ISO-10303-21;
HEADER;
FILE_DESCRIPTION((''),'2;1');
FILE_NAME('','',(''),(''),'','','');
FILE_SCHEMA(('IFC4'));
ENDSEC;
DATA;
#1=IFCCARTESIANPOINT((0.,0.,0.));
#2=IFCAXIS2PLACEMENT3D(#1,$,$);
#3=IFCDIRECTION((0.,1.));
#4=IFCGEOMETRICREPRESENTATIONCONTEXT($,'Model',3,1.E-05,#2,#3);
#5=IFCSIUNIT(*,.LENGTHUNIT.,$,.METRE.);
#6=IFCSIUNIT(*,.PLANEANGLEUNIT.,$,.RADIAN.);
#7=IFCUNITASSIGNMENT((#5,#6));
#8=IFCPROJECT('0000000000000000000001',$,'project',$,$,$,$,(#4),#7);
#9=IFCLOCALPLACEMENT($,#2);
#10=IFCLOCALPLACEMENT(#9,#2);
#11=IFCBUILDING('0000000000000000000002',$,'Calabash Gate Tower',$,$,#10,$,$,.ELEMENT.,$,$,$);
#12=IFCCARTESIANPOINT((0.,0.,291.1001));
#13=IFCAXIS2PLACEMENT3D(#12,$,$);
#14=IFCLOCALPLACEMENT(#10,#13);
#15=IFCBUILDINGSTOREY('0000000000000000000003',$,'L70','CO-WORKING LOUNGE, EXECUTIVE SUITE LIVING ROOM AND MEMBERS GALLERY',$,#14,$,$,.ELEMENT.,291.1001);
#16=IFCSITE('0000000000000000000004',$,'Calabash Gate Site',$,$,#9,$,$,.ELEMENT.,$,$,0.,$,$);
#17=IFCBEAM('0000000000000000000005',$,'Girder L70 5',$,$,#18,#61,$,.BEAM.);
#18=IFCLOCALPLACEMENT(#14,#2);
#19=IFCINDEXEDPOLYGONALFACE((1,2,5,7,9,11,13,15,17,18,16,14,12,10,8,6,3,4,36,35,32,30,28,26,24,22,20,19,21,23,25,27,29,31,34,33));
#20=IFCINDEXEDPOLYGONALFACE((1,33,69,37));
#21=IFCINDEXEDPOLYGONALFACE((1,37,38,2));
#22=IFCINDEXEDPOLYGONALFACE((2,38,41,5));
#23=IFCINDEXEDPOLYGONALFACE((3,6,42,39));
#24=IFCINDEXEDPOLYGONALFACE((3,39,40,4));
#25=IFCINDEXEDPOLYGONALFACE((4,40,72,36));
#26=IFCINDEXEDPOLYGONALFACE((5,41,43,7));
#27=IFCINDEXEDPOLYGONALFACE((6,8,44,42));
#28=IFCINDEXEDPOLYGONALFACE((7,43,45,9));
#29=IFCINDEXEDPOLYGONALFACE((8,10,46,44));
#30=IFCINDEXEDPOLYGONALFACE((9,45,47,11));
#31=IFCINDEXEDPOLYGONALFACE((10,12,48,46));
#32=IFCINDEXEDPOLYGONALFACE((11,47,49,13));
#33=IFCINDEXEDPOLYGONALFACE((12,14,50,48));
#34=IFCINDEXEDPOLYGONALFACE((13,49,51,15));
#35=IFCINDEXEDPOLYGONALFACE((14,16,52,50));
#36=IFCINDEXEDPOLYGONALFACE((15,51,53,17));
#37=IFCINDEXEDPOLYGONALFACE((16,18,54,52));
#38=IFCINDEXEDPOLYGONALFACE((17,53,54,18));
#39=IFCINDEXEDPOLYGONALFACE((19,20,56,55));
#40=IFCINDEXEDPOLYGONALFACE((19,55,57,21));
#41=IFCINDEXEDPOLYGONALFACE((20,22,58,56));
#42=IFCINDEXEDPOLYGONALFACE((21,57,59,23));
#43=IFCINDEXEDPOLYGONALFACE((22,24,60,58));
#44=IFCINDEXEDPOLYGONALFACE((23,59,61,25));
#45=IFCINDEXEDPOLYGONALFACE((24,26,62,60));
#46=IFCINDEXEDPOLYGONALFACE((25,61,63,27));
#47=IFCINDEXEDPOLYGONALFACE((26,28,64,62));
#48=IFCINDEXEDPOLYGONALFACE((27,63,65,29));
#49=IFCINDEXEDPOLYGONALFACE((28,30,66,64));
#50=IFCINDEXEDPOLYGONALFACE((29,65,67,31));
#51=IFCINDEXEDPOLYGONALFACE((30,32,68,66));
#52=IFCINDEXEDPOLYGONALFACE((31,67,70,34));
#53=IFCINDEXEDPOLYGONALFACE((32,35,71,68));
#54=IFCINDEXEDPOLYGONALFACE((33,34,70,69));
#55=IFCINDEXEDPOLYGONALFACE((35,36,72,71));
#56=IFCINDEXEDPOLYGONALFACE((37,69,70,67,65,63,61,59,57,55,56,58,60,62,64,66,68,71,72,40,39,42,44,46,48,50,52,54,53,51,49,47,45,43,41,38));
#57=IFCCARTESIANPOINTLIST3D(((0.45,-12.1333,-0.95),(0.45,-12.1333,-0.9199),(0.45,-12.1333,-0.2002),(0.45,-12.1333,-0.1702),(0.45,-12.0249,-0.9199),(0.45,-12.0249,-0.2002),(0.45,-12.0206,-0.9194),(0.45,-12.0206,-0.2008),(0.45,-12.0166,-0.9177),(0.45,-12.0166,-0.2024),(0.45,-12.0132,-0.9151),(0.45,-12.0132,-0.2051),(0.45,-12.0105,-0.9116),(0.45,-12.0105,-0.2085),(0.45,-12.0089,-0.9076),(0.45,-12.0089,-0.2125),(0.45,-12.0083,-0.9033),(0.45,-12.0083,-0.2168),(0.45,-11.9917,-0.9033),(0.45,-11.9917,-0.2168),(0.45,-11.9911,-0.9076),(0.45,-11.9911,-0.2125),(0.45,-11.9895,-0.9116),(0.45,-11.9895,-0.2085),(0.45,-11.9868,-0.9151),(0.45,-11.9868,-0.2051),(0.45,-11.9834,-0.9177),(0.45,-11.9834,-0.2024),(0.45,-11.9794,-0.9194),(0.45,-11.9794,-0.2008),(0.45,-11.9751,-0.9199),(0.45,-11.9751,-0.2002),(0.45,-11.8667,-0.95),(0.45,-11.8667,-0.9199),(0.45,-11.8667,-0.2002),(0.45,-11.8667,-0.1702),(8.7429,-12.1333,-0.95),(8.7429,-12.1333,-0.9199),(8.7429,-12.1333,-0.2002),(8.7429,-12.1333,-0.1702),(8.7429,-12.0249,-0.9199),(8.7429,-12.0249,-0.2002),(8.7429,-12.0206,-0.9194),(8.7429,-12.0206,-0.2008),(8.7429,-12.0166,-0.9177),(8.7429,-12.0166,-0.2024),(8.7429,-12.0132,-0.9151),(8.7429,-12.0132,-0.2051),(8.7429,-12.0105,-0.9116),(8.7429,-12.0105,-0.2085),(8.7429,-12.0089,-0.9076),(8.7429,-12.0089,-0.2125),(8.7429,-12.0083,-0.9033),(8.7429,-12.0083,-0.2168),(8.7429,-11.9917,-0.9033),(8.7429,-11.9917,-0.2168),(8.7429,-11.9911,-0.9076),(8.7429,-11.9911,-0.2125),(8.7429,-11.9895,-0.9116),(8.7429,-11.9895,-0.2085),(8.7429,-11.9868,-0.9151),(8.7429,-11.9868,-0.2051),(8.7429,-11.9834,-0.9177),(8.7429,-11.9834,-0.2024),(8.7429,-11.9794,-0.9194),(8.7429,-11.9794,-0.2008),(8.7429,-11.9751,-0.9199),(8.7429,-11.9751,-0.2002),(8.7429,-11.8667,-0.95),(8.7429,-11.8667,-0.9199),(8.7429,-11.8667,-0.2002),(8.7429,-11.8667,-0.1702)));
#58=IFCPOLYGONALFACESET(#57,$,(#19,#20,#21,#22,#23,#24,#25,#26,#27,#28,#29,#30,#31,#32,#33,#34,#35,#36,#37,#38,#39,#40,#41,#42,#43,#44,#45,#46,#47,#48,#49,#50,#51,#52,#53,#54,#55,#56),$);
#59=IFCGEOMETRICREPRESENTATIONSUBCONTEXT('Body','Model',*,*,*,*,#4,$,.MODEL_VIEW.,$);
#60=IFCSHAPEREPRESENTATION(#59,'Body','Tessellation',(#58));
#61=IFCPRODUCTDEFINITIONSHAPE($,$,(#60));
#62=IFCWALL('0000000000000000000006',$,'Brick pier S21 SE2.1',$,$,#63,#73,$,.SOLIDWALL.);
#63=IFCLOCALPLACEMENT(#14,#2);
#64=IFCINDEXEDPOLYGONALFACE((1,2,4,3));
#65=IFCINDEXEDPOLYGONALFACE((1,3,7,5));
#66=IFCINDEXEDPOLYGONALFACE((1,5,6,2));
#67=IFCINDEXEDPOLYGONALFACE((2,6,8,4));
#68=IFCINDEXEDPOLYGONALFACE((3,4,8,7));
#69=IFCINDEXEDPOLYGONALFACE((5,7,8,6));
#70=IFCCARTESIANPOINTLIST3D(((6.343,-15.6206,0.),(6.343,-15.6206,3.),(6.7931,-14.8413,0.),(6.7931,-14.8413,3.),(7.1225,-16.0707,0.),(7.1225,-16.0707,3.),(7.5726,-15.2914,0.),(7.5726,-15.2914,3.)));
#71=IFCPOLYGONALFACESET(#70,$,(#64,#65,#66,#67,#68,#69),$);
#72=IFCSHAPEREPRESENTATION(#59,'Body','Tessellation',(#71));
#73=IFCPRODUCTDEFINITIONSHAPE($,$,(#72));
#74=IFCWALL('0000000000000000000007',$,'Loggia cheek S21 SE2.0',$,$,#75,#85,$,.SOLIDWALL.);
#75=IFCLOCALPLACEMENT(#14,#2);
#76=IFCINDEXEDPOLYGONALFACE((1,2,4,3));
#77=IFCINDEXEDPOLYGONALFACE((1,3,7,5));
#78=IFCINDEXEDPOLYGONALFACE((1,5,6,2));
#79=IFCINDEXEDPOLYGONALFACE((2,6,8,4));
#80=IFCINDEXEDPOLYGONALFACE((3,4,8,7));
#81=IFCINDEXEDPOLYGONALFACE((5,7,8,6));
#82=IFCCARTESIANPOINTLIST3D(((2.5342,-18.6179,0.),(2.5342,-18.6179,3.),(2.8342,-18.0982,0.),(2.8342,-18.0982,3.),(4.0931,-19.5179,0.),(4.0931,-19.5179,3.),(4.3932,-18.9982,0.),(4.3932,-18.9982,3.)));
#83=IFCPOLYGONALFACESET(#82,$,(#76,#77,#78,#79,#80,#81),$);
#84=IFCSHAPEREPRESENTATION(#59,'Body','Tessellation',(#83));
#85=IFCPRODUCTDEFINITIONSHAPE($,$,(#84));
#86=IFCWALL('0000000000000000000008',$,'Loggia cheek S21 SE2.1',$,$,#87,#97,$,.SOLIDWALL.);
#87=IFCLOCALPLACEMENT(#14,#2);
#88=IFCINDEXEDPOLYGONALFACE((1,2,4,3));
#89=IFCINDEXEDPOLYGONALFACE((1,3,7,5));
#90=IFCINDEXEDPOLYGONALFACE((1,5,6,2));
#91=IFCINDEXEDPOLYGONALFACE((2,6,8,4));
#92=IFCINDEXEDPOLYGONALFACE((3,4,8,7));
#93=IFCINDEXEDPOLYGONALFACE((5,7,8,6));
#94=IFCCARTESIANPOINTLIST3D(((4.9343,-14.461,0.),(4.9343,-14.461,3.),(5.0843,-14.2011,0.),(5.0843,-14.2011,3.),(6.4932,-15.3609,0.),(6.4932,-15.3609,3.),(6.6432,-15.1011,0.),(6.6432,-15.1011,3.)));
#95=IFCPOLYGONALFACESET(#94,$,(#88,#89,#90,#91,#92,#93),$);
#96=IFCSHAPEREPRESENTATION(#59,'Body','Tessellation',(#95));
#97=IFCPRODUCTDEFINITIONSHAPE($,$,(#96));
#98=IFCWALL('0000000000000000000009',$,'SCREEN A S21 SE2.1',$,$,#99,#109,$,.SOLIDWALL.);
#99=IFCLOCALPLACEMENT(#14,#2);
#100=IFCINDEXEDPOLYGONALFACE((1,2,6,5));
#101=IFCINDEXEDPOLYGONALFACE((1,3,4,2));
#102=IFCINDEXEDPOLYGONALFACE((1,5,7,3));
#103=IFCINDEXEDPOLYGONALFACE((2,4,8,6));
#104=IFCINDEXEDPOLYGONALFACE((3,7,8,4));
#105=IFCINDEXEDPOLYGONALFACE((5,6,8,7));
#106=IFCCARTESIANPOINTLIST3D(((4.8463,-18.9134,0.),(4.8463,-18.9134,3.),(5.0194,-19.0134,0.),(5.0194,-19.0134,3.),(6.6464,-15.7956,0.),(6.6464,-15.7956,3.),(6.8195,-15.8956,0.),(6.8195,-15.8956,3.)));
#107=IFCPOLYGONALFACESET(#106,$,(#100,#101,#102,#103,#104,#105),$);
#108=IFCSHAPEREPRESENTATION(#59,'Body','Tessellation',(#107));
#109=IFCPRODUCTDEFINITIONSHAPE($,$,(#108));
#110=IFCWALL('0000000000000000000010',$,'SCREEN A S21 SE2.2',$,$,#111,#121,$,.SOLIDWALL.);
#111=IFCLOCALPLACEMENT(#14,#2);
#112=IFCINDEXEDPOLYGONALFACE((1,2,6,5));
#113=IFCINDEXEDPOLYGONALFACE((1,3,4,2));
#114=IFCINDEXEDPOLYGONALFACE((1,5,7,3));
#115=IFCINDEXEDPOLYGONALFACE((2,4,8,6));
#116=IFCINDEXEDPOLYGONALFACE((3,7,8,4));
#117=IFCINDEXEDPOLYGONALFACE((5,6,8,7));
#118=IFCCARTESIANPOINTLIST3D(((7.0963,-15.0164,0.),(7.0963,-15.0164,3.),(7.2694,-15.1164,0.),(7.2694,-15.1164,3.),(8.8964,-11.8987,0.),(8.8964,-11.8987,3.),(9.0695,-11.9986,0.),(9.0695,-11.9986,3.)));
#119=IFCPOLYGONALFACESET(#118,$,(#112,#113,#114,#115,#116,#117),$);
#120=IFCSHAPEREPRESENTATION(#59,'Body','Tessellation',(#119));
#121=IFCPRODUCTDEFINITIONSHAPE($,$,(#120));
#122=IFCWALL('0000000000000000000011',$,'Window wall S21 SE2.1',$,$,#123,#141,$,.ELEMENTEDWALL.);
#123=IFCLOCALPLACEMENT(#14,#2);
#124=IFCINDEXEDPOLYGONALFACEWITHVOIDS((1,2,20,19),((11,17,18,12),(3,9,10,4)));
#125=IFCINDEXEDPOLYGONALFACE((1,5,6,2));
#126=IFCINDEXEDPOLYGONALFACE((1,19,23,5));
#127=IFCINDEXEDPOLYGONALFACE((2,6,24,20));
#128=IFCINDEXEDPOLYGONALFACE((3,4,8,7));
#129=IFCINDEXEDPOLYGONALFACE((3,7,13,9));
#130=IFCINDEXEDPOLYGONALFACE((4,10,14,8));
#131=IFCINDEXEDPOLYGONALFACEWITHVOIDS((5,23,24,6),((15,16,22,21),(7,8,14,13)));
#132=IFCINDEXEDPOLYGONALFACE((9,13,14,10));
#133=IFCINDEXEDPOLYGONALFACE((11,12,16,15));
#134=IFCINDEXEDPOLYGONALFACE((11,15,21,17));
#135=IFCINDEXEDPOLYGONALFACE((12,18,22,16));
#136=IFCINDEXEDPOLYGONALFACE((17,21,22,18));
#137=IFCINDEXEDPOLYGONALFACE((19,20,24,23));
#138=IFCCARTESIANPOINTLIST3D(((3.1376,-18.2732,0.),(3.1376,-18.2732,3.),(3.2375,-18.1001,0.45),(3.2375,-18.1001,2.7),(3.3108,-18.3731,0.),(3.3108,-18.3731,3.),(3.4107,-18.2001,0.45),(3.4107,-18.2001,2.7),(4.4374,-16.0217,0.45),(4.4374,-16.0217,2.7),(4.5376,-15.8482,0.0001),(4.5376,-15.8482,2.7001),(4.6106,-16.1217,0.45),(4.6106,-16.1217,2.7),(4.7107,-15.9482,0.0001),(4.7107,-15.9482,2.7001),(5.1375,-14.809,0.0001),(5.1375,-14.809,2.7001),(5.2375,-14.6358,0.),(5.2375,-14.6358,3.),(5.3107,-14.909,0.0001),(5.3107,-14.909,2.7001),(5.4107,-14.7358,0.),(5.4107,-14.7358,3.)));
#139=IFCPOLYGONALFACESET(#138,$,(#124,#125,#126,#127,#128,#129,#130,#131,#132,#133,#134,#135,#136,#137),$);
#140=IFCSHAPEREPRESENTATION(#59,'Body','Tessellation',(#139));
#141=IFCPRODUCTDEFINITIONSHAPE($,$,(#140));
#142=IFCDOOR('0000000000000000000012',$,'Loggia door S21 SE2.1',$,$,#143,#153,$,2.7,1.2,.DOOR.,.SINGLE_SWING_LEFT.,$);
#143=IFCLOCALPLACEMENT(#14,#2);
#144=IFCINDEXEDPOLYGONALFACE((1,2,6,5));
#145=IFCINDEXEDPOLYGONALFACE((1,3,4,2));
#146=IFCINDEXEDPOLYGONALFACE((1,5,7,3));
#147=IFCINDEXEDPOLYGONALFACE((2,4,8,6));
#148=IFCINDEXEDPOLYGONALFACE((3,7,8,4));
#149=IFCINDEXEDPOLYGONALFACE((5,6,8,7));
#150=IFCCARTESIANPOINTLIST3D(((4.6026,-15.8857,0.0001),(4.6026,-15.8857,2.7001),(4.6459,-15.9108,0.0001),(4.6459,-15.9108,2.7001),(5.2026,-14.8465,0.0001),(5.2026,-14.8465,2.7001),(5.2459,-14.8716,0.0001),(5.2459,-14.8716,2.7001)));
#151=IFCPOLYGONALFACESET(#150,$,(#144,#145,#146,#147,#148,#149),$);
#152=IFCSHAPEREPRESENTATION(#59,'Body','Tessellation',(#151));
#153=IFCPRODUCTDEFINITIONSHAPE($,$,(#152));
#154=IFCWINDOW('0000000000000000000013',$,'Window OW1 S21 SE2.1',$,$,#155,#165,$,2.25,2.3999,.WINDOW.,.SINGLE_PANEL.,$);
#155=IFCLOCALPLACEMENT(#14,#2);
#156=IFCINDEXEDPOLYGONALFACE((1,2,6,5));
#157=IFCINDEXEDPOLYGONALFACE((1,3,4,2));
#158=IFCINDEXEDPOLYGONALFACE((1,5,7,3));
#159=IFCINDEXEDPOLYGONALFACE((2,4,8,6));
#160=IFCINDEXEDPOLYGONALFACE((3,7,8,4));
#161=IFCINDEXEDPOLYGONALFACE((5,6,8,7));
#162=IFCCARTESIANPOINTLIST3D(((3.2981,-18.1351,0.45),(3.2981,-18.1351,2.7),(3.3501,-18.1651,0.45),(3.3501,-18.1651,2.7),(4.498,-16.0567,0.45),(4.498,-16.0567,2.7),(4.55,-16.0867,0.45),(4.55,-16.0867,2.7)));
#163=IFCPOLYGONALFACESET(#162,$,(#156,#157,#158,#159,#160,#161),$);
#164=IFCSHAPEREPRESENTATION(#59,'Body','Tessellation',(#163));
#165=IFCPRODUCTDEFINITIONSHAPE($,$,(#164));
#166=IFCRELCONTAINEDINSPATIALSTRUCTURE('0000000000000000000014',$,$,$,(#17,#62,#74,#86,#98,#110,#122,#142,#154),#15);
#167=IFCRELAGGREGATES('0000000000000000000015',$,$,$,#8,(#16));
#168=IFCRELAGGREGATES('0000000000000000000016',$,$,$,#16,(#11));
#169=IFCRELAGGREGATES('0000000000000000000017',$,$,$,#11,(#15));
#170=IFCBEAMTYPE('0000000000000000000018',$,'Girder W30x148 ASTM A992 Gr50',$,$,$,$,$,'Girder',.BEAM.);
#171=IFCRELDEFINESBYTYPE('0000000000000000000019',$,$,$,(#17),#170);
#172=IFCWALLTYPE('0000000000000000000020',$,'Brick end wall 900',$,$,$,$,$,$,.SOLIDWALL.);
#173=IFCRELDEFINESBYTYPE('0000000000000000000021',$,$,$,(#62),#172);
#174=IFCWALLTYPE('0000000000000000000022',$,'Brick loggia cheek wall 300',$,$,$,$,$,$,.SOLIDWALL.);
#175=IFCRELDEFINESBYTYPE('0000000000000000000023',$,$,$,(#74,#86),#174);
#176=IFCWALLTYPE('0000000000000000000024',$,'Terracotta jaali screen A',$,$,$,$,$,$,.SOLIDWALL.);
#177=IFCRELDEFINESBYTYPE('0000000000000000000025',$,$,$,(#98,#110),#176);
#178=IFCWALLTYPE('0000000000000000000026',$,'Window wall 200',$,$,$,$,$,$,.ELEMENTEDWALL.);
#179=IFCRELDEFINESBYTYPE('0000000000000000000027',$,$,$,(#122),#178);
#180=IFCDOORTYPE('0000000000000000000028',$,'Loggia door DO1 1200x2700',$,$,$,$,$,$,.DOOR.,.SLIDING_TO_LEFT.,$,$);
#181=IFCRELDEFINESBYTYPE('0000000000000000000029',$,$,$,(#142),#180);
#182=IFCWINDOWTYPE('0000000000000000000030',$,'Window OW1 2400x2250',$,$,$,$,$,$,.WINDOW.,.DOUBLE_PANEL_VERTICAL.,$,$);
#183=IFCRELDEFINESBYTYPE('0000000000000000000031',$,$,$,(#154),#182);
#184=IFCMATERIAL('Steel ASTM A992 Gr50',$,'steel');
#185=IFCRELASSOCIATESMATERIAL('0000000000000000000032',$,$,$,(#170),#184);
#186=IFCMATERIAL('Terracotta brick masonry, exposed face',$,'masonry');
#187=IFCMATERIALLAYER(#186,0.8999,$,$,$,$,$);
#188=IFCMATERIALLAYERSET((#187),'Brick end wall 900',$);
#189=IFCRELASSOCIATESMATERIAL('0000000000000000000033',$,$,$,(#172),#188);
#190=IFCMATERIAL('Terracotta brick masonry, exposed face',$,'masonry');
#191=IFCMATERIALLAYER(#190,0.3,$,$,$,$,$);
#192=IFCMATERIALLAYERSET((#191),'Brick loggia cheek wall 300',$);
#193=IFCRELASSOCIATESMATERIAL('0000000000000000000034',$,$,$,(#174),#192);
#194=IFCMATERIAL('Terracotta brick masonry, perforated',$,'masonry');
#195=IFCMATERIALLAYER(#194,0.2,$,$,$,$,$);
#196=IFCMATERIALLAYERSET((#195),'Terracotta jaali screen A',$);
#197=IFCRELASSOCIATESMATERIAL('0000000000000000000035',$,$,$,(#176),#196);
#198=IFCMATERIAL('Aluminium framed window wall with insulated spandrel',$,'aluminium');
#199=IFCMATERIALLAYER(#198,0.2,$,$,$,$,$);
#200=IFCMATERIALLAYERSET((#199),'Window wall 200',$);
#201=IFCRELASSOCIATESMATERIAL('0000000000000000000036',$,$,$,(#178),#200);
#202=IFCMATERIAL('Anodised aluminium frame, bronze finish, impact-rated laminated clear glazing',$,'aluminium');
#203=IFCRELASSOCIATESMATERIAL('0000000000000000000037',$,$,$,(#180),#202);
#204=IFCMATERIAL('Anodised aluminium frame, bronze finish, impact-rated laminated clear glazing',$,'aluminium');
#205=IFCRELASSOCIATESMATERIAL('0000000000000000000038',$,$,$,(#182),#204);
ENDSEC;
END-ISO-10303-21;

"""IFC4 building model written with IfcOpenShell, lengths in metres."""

from ifc_helpers import new_model, si_unit, direction, frame, frame_2d, origin, origin_2d, place, context, subcontext, project, spatial, rectangle, i_section, extrude, material, layer, layer_set, material_profile, profile_set, type_object, element, fill, save


model = new_model("IFC4")

# Units and contexts
model_context = context("Model", 3, precision=1e-05, world=origin(), true_north=direction((0.0, 1.0)))
body_context = subcontext(model_context, "Body", "Model", "MODEL_VIEW")
ifc_project = project(units=[si_unit("LENGTHUNIT", "METRE"), si_unit("PLANEANGLEUNIT", "RADIAN")], contexts=[model_context])

# Site, building, storey
site_placement = place(None, origin())
site = spatial("IfcSite", under=ifc_project, at=site_placement, Name="Calabash Gate Site", CompositionType="ELEMENT", RefElevation=0.0)
building_placement = place(site_placement, origin())
building = spatial("IfcBuilding", under=site, at=building_placement, Name="Calabash Gate Tower", CompositionType="ELEMENT")
storey_placement = place(building_placement, frame((0.0, 0.0, 291.1001)))
storey = spatial("IfcBuildingStorey", under=building, at=storey_placement, Name="L70", Description="CO-WORKING LOUNGE, EXECUTIVE SUITE LIVING ROOM AND MEMBERS GALLERY", CompositionType="ELEMENT", Elevation=291.1001)

# Beam
ifc_material_1 = material(Name="Steel ASTM A992 Gr50", Category="steel")
ifc_material_profile_1 = material_profile(ifc_material_1, i_section(OverallWidth=0.2666, OverallDepth=0.7798, WebThickness=0.0166, FlangeThickness=0.03, FilletRadius=0.0166, at=origin_2d()))
ifc_profile_set_1 = profile_set([ifc_material_profile_1], Name="Steel ASTM A992 Gr50")
beam_type_1 = type_object("IfcBeamType", Name="Girder W30x148 ASTM A992 Gr50", ElementType="Girder", PredefinedType="BEAM", material=ifc_profile_set_1)
beam_1_placement = place(storey_placement, frame((0.45, -12.0, -0.5601), z_axis=(1.0, 0.0, 0.0), x_axis=(0.0, 1.0, 0.0)))
element("IfcBeam", 1, at=beam_1_placement, inside=storey, type_object=beam_type_1, Name="Girder L70 5", PredefinedType="BEAM", context=body_context, shape_type="SweptSolid", body=[
    extrude(i_section(OverallWidth=0.2666, OverallDepth=0.7798, WebThickness=0.0166, FlangeThickness=0.03, FilletRadius=0.0166, at=origin_2d()), origin(), (0.0, 0.0, 1.0), 8.293),
])

# Walls
ifc_material_2 = material(Name="Terracotta brick masonry, exposed face", Category="masonry")
ifc_layer_1 = layer(ifc_material_2, 0.8999)
ifc_layer_set_1 = layer_set([ifc_layer_1], Name="Brick end wall 900")
wall_type_1 = type_object("IfcWallType", Name="Brick end wall 900", PredefinedType="SOLIDWALL", material=ifc_layer_set_1)
wall_1_placement = place(storey_placement, frame((7.3477, -15.6812, 0.0), z_axis=(0.0, 0.0, 1.0), x_axis=(-0.865964, 0.500106, 0.0)))
element("IfcWall", 2, at=wall_1_placement, inside=storey, type_object=wall_type_1, Name="Brick pier S21 SE2.1", PredefinedType="SOLIDWALL", context=body_context, shape_type="SweptSolid", body=[
    extrude(rectangle(XDim=0.9001, YDim=0.8999, at=frame_2d((0.4502, 0.0))), origin(), (0.0, 0.0, 1.0), 3.0),
])
ifc_material_3 = material(Name="Terracotta brick masonry, exposed face", Category="masonry")
ifc_layer_2 = layer(ifc_material_3, 0.3)
ifc_layer_set_2 = layer_set([ifc_layer_2], Name="Brick loggia cheek wall 300")
wall_type_2 = type_object("IfcWallType", Name="Brick loggia cheek wall 300", PredefinedType="SOLIDWALL", material=ifc_layer_set_2)
wall_2_placement = place(storey_placement, frame((2.6843, -18.3582, 0.0), z_axis=(0.0, 0.0, 1.0), x_axis=(0.866048, -0.499961, 0.0)))
element("IfcWall", 3, at=wall_2_placement, inside=storey, type_object=wall_type_2, Name="Loggia cheek S21 SE2.0", PredefinedType="SOLIDWALL", context=body_context, shape_type="SweptSolid", body=[
    extrude(rectangle(XDim=1.8, YDim=0.6001, at=frame_2d((0.8999, 0.0))), origin(), (0.0, 0.0, 1.0), 3.0),
])
wall_3_placement = place(storey_placement, frame((6.5681, -15.231, 0.0), z_axis=(0.0, 0.0, 1.0), x_axis=(-0.866048, 0.499961, 0.0)))
element("IfcWall", 4, at=wall_3_placement, inside=storey, type_object=wall_type_2, Name="Loggia cheek S21 SE2.1", PredefinedType="SOLIDWALL", context=body_context, shape_type="SweptSolid", body=[
    extrude(rectangle(XDim=1.8, YDim=0.3, at=frame_2d((0.8999, 0.0))), origin(), (0.0, 0.0, 1.0), 3.0),
])
ifc_material_4 = material(Name="Terracotta brick masonry, perforated", Category="masonry")
ifc_layer_3 = layer(ifc_material_4, 0.2)
ifc_layer_set_3 = layer_set([ifc_layer_3], Name="Terracotta jaali screen A")
wall_type_3 = type_object("IfcWallType", Name="Terracotta jaali screen A", PredefinedType="SOLIDWALL", material=ifc_layer_set_3)
for number, where, z_axis, x_axis, name in (
    (5, (4.9329, -18.9634, 0.0), (0.0, 0.0, 1.0), (0.500012, 0.866018, 0.0), "SCREEN A S21 SE2.1"),
    (6, (7.1829, -15.0664, 0.0), (0.0, 0.0, 1.0), (0.500012, 0.866018, 0.0), "SCREEN A S21 SE2.2"),
):
    element("IfcWall", number, at=place(storey_placement, frame(where, z_axis=z_axis, x_axis=x_axis)), inside=storey, type_object=wall_type_3, Name=name, PredefinedType="SOLIDWALL", context=body_context, shape_type="SweptSolid", body=[
        extrude(rectangle(XDim=3.6001, YDim=0.2, at=frame_2d((1.8, 0.0))), origin(), (0.0, 0.0, 1.0), 3.0),
    ])

# Wall, openings, door, window
ifc_material_5 = material(Name="Aluminium framed window wall with insulated spandrel", Category="aluminium")
ifc_layer_4 = layer(ifc_material_5, 0.2)
ifc_layer_set_4 = layer_set([ifc_layer_4], Name="Window wall 200")
wall_type_4 = type_object("IfcWallType", Name="Window wall 200", PredefinedType="ELEMENTEDWALL", material=ifc_layer_set_4)
wall_4_placement = place(storey_placement, frame((3.2241, -18.3232, 0.0), z_axis=(0.0, 0.0, 1.0), x_axis=(0.499984, 0.866035, 0.0)))
wall_4 = element("IfcWall", 7, at=wall_4_placement, inside=storey, type_object=wall_type_4, Name="Window wall S21 SE2.1", PredefinedType="ELEMENTEDWALL", context=body_context, shape_type="SweptSolid", body=[
    extrude(rectangle(XDim=4.2, YDim=0.2, at=frame_2d((2.1001, 0.0))), origin(), (0.0, 0.0, 1.0), 3.0),
])
opening_1_placement = place(wall_4_placement, frame((0.2, 0.0, 0.45)))
opening_1 = element("IfcOpeningElement", 8, at=opening_1_placement, cuts=wall_4, PredefinedType="OPENING", context=body_context, shape_type="SweptSolid", body=[
    extrude(rectangle(XDim=2.3999, YDim=2.25, at=frame_2d((1.2, 1.125))), frame((0.0, 0.1099, 0.0), z_axis=(0.0, -1.0, 0.0), x_axis=(1.0, 0.0, 0.0)), (0.0, 0.0, 1.0), 0.22),
])
opening_2_placement = place(wall_4_placement, frame((2.8, 0.0, 0.0)))
opening_2 = element("IfcOpeningElement", 9, at=opening_2_placement, cuts=wall_4, PredefinedType="OPENING", context=body_context, shape_type="SweptSolid", body=[
    extrude(rectangle(XDim=1.2, YDim=2.7, at=frame_2d((0.6001, 1.3501))), frame((0.0, 0.1099, 0.0), z_axis=(0.0, -1.0, 0.0), x_axis=(1.0, 0.0, 0.0)), (0.0, 0.0, 1.0), 0.22),
])
ifc_material_6 = material(Name="Anodised aluminium frame, bronze finish, impact-rated laminated clear glazing", Category="aluminium")
door_type = type_object("IfcDoorType", Name="Loggia door DO1 1200x2700", OperationType="SLIDING_TO_LEFT", PredefinedType="DOOR", material=ifc_material_6)
door_placement = place(opening_2_placement, origin())
door = element("IfcDoor", 10, at=door_placement, inside=storey, type_object=door_type, Name="Loggia door S21 SE2.1", OperationType="SINGLE_SWING_LEFT", OverallHeight=2.7, OverallWidth=1.2, PredefinedType="DOOR", context=body_context, shape_type="SweptSolid", body=[
    extrude(rectangle(XDim=1.2, YDim=2.7, at=frame_2d((0.6001, 1.3501))), frame((0.0, 0.0249, 0.0), z_axis=(0.0, -1.0, 0.0), x_axis=(1.0, 0.0, 0.0)), (0.0, 0.0, 1.0), 0.05),
])
fill(opening_2, door)
ifc_material_7 = material(Name="Anodised aluminium frame, bronze finish, impact-rated laminated clear glazing", Category="aluminium")
window_type_1 = type_object("IfcWindowType", Name="Window OW1 2400x2250", PartitioningType="DOUBLE_PANEL_VERTICAL", PredefinedType="WINDOW", material=ifc_material_7)
window_1_placement = place(opening_1_placement, origin())
window_1 = element("IfcWindow", 11, at=window_1_placement, inside=storey, type_object=window_type_1, Name="Window OW1 S21 SE2.1", OverallHeight=2.25, OverallWidth=2.3999, PartitioningType="SINGLE_PANEL", PredefinedType="WINDOW", context=body_context, shape_type="SweptSolid", body=[
    extrude(rectangle(XDim=2.3999, YDim=2.25, at=frame_2d((1.2, 1.125))), frame((0.0, 0.03, 0.0), z_axis=(0.0, -1.0, 0.0), x_axis=(1.0, 0.0, 0.0)), (0.0, 0.0, 1.0), 0.0601),
])
fill(opening_1, window_1)

save(model, "model.ifc")
